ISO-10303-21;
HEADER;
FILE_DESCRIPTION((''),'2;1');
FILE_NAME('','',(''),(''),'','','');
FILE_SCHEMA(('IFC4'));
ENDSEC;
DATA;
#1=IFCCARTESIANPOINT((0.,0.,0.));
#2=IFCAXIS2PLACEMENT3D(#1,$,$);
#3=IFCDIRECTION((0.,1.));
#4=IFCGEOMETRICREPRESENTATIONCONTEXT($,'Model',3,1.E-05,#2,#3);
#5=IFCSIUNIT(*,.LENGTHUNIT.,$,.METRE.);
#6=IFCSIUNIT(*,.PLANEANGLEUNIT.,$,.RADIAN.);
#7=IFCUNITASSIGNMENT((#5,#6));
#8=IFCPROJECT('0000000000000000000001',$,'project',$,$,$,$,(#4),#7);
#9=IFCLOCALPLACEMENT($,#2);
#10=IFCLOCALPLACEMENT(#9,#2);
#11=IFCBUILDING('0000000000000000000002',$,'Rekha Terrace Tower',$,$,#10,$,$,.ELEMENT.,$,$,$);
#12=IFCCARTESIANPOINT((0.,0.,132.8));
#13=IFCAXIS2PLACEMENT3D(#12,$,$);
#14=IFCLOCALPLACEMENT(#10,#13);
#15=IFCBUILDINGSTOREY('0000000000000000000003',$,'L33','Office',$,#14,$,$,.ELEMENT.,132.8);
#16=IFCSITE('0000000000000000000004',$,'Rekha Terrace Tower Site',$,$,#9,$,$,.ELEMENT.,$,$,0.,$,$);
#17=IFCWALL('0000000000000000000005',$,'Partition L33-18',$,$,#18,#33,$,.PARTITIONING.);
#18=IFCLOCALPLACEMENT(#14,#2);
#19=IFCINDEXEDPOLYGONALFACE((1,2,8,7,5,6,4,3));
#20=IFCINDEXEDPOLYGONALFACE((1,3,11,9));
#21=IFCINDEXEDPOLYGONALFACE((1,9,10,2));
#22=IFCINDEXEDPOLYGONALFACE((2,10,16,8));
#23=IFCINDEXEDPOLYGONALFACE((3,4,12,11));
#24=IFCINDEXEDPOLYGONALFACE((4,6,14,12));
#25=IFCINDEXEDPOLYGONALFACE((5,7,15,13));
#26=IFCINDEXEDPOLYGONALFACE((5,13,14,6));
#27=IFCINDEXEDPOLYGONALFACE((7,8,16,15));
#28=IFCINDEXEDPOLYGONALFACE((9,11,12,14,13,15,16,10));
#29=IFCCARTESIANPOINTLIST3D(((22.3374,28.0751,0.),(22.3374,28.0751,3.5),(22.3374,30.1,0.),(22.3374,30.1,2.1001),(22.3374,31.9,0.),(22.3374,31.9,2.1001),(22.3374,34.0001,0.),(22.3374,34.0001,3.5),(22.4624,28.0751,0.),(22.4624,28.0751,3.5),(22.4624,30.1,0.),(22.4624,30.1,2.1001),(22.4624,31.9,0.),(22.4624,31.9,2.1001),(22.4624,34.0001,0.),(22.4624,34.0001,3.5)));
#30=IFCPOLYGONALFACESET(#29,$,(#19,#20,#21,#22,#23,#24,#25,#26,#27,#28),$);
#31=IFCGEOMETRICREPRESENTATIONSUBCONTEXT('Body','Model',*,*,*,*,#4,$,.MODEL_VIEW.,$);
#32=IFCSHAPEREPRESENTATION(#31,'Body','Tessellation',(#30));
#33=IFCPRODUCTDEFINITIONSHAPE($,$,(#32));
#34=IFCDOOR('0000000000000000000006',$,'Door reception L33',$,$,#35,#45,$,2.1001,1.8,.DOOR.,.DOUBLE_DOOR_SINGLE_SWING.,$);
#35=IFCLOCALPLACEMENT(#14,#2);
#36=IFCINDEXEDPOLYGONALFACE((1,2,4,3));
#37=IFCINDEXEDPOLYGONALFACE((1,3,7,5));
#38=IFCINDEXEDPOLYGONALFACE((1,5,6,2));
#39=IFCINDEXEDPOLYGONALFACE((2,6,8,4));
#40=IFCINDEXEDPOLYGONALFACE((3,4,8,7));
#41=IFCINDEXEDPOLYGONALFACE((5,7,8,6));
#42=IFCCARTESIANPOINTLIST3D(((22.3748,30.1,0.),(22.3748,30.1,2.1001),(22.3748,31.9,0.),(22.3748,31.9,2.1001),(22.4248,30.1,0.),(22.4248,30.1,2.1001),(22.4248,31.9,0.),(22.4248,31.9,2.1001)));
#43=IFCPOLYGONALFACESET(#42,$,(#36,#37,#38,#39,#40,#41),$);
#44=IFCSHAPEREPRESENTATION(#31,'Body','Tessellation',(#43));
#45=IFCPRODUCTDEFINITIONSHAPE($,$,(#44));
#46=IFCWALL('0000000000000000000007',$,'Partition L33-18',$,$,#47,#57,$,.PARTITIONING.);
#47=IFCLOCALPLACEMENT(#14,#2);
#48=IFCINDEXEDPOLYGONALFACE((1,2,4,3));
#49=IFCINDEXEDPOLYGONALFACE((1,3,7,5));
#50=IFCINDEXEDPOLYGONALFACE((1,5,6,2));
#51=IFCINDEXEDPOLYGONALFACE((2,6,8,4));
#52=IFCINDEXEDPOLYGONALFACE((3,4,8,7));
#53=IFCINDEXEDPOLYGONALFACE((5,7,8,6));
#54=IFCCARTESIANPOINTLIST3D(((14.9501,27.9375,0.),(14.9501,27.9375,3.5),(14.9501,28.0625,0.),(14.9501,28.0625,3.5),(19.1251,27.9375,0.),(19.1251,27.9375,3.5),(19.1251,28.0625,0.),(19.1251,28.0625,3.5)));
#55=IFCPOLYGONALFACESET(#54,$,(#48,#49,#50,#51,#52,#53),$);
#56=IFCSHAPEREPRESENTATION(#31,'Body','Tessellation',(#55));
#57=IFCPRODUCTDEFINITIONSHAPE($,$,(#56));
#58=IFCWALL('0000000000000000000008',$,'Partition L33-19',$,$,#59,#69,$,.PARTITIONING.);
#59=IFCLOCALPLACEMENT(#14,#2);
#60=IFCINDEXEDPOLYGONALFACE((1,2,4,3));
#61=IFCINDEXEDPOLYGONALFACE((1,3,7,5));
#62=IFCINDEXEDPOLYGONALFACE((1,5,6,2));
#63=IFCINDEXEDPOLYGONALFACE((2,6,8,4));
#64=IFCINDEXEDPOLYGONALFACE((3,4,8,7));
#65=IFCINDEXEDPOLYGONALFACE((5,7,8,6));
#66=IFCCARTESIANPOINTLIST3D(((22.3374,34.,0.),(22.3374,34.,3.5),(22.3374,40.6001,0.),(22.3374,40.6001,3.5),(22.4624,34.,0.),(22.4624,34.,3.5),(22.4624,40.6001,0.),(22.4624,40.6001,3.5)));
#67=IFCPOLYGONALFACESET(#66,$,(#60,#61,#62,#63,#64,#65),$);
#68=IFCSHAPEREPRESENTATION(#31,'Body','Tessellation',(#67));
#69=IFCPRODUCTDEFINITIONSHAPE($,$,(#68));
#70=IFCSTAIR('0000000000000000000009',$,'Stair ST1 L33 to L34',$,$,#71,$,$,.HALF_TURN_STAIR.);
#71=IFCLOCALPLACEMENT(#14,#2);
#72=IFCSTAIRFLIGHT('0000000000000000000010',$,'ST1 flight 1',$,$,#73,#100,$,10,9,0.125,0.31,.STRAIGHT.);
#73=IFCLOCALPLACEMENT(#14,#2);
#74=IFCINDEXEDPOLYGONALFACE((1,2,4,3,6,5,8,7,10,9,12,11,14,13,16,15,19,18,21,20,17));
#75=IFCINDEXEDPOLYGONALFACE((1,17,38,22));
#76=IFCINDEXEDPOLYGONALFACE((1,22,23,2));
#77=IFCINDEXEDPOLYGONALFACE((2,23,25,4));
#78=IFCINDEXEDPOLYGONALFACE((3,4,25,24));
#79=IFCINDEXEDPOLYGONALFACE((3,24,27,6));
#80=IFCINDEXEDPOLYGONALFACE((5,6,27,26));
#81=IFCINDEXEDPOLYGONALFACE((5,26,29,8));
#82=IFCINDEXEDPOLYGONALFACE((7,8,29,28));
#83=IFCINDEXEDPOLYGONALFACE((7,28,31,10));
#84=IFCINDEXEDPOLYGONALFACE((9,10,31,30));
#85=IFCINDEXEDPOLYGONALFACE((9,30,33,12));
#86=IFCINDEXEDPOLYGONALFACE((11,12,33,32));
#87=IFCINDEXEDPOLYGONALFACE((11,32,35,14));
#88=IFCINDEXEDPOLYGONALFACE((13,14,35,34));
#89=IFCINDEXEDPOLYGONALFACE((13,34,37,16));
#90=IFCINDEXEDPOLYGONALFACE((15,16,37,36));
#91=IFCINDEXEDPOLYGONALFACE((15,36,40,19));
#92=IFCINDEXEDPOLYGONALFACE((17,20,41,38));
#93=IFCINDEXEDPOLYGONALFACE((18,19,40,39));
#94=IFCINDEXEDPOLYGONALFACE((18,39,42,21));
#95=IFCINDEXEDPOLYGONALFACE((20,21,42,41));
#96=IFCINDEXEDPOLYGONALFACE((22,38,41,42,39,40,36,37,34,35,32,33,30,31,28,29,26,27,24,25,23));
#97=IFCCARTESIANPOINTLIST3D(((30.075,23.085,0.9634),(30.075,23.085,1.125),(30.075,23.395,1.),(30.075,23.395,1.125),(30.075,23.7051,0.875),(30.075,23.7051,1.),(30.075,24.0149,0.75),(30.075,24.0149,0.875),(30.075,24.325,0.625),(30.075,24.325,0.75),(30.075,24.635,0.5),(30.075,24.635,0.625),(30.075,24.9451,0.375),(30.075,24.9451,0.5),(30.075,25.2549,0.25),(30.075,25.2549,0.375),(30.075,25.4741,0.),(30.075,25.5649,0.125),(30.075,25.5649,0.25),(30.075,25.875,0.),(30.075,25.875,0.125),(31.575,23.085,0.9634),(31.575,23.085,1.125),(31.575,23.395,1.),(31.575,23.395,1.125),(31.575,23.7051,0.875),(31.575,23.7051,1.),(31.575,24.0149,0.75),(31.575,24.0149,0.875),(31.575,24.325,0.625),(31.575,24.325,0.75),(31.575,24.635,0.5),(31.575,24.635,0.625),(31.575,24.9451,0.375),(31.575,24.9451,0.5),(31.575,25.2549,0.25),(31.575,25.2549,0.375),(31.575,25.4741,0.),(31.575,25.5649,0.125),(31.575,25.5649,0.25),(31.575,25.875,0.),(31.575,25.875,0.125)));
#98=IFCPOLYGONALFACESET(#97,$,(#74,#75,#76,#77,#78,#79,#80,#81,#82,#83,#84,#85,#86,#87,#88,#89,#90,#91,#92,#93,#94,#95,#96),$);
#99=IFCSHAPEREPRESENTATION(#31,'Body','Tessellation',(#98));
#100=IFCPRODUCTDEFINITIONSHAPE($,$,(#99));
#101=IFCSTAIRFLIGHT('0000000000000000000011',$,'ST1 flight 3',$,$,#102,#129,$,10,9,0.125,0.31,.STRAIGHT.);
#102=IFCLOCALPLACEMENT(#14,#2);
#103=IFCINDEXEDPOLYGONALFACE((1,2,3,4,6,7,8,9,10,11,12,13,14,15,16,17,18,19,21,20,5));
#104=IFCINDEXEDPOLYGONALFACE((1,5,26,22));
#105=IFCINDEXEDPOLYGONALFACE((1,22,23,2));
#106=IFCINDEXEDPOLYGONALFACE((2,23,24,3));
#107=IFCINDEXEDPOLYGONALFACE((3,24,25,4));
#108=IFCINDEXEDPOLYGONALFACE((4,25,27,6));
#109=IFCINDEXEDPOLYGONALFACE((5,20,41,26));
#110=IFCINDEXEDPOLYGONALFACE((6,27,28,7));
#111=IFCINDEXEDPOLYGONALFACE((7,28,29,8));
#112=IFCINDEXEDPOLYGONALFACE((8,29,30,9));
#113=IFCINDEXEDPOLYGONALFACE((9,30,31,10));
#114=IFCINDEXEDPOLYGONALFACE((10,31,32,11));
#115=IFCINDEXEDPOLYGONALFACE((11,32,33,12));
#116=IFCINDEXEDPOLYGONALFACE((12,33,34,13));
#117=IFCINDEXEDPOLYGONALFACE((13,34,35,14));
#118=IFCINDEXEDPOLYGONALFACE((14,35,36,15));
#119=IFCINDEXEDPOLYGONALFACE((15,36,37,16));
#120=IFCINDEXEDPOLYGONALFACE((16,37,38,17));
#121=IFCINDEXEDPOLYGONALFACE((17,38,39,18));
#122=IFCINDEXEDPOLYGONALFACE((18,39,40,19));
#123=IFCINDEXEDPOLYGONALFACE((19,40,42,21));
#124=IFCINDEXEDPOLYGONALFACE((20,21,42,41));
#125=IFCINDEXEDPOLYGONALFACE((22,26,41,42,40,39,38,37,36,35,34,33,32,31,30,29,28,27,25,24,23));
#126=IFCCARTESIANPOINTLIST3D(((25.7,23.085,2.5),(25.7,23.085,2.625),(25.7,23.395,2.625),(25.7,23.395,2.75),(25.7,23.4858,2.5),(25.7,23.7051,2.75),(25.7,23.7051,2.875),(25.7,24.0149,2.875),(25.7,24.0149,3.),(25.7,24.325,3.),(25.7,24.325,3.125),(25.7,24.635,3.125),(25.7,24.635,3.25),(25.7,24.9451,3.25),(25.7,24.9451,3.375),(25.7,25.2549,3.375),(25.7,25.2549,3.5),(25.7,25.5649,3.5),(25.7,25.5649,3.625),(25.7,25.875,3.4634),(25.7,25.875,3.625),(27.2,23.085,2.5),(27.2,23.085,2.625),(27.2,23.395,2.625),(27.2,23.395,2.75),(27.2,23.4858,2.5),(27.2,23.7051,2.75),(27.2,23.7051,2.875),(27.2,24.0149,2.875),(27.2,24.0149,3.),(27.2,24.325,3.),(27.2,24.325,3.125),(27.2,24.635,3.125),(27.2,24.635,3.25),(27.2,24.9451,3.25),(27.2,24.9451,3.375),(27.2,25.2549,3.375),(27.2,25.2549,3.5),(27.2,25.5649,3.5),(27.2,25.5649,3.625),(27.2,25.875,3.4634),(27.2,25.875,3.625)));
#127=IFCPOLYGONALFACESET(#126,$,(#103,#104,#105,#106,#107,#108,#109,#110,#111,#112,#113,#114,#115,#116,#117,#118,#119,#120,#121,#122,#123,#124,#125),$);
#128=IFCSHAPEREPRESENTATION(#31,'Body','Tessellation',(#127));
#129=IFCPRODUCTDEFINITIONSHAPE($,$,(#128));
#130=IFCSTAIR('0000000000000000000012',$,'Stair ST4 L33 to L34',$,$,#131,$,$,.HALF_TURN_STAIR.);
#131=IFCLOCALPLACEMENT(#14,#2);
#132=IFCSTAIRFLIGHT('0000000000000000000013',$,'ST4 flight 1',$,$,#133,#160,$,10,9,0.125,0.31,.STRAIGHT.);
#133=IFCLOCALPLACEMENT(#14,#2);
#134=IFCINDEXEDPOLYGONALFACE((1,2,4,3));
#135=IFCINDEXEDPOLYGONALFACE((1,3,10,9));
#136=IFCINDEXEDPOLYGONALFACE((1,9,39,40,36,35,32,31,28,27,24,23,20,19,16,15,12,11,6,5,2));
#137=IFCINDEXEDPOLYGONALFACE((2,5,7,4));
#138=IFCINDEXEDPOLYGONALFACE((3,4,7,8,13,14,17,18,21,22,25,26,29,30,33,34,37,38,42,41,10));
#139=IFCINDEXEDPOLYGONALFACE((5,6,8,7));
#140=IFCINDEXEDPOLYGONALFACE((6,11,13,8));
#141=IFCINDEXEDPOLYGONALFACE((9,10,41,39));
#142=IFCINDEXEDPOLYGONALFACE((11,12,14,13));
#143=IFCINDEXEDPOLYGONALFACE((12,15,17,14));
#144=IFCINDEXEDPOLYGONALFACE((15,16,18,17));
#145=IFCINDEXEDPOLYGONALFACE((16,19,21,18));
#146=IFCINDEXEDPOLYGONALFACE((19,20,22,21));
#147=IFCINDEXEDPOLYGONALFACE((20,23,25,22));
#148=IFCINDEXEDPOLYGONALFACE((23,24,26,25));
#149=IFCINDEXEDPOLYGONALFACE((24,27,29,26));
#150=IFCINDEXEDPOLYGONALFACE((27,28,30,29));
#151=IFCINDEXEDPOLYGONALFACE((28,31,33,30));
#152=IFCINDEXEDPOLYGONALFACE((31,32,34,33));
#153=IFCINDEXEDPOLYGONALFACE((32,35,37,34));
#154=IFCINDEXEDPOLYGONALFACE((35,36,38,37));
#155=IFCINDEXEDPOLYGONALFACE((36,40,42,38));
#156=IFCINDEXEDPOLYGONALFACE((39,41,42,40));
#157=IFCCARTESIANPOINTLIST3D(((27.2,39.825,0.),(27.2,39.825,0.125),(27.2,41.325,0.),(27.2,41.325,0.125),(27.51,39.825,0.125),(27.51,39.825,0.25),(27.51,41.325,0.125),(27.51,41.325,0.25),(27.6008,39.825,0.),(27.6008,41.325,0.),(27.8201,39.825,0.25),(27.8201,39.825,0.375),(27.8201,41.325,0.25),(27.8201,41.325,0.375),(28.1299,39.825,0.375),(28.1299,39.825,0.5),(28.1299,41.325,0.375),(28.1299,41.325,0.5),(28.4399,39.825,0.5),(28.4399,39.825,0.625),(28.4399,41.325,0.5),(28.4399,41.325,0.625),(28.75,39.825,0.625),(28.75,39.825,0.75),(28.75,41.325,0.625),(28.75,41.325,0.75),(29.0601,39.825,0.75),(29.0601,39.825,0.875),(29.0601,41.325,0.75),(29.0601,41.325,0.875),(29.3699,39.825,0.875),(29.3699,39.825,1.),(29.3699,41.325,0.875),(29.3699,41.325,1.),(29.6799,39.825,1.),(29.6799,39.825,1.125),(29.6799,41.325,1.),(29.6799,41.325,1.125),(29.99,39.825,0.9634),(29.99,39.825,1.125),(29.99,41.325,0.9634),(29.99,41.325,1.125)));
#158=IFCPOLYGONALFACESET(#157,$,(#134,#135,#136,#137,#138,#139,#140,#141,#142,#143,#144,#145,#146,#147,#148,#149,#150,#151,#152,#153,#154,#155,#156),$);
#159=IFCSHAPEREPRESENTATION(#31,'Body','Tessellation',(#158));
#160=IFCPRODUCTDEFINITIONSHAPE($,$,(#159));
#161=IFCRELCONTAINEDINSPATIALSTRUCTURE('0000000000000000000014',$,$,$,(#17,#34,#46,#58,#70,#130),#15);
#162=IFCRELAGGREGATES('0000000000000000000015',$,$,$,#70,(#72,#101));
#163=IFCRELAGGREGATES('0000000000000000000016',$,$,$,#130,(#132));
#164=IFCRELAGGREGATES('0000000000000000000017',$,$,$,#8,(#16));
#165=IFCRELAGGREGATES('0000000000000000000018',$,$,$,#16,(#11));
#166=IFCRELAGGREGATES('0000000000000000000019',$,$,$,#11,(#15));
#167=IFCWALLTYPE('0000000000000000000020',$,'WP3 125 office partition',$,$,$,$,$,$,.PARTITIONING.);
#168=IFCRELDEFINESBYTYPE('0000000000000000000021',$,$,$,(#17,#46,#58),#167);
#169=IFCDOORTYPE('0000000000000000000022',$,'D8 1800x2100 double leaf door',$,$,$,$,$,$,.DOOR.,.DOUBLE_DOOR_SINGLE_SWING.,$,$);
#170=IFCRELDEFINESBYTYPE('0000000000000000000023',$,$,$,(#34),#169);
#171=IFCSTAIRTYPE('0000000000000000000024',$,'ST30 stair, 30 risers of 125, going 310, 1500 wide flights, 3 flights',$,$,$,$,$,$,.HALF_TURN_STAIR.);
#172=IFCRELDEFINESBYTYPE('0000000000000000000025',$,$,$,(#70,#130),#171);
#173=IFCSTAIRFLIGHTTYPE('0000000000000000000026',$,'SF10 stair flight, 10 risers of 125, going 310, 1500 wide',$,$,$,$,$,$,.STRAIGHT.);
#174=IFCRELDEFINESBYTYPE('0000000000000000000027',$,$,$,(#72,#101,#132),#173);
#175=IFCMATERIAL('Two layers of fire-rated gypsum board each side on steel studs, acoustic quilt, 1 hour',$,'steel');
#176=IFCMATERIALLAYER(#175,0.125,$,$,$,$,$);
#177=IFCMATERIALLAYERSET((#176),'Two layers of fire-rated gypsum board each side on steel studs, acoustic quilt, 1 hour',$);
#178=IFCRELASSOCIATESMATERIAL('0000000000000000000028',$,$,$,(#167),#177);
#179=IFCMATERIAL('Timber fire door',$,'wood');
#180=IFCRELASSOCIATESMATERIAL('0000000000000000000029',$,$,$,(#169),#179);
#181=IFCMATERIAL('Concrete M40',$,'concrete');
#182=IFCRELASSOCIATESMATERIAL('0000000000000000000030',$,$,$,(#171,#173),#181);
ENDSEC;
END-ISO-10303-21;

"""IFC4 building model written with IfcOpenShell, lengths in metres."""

from ifc_helpers import new_model, si_unit, direction, frame, frame_2d, origin, place, context, subcontext, project, spatial, polyline, rectangle, outline, extrude, material, layer, layer_set, type_object, element, fill, aggregate, save


model = new_model("IFC4")

# Units and contexts
model_context = context("Model", 3, precision=1e-05, world=origin(), true_north=direction((0.0, 1.0)))
body_context = subcontext(model_context, "Body", "Model", "MODEL_VIEW")
ifc_project = project(units=[si_unit("LENGTHUNIT", "METRE"), si_unit("PLANEANGLEUNIT", "RADIAN")], contexts=[model_context])

# Site, building, storey
site_placement = place(None, origin())
site = spatial("IfcSite", under=ifc_project, at=site_placement, Name="Rekha Terrace Tower Site", CompositionType="ELEMENT", RefElevation=0.0)
building_placement = place(site_placement, origin())
building = spatial("IfcBuilding", under=site, at=building_placement, Name="Rekha Terrace Tower", CompositionType="ELEMENT")
storey_placement = place(building_placement, frame((0.0, 0.0, 132.8)))
storey = spatial("IfcBuildingStorey", under=building, at=storey_placement, Name="L33", Description="Office", CompositionType="ELEMENT", Elevation=132.8)

# Shared definitions
ifc_material_1 = material(Name="Two layers of fire-rated gypsum board each side on steel studs, acoustic quilt, 1 hour", Category="steel")
ifc_layer_1 = layer(ifc_material_1, 0.125)
ifc_layer_set_1 = layer_set([ifc_layer_1], Name="Two layers of fire-rated gypsum board each side on steel studs, acoustic quilt, 1 hour")
wall_type_1 = type_object("IfcWallType", Name="WP3 125 office partition", PredefinedType="PARTITIONING", material=ifc_layer_set_1)

# Wall, opening, door
wall_1_placement = place(storey_placement, frame((22.3999, 34.0, 0.0), z_axis=(0.0, 0.0, 1.0), x_axis=(0.0, -1.0, 0.0)))
wall_1 = element("IfcWall", 1, at=wall_1_placement, inside=storey, type_object=wall_type_1, Name="Partition L33-18", PredefinedType="PARTITIONING", context=body_context, shape_type="SweptSolid", body=[
    extrude(rectangle(XDim=5.925, YDim=0.125, at=frame_2d((2.9624, 0.0))), origin(), (0.0, 0.0, 1.0), 3.5),
])
opening_1_placement = place(wall_1_placement, frame((2.1001, 0.0, 0.0)))
opening_1 = element("IfcOpeningElement", 2, at=opening_1_placement, cuts=wall_1, PredefinedType="OPENING", context=body_context, shape_type="SweptSolid", body=[
    extrude(rectangle(XDim=1.8, YDim=2.1001, at=frame_2d((0.8999, 1.05))), frame((0.0, 0.0725, 0.0), z_axis=(0.0, -1.0, 0.0), x_axis=(1.0, 0.0, 0.0)), (0.0, 0.0, 1.0), 0.145),
])
ifc_material_2 = material(Name="Timber fire door", Category="wood")
door_type_1 = type_object("IfcDoorType", Name="D8 1800x2100 double leaf door", OperationType="DOUBLE_DOOR_SINGLE_SWING", PredefinedType="DOOR", material=ifc_material_2)
door_1_placement = place(opening_1_placement, origin())
door_1 = element("IfcDoor", 3, at=door_1_placement, inside=storey, type_object=door_type_1, Name="Door reception L33", OperationType="DOUBLE_DOOR_SINGLE_SWING", OverallHeight=2.1001, OverallWidth=1.8, PredefinedType="DOOR", context=body_context, shape_type="SweptSolid", body=[
    extrude(rectangle(XDim=1.8, YDim=2.1001, at=frame_2d((0.8999, 1.05))), frame((0.0, 0.0249, 0.0), z_axis=(0.0, -1.0, 0.0), x_axis=(1.0, 0.0, 0.0)), (0.0, 0.0, 1.0), 0.05),
])
fill(opening_1, door_1)

# Walls
wall_2_placement = place(storey_placement, frame((19.125, 28.0, 0.0), z_axis=(0.0, 0.0, 1.0), x_axis=(-1.0, 0.0, 0.0)))
element("IfcWall", 4, at=wall_2_placement, inside=storey, type_object=wall_type_1, Name="Partition L33-18", PredefinedType="PARTITIONING", context=body_context, shape_type="SweptSolid", body=[
    extrude(rectangle(XDim=4.175, YDim=0.125, at=frame_2d((2.0874, 0.0))), origin(), (0.0, 0.0, 1.0), 3.5),
])
wall_3_placement = place(storey_placement, frame((22.3999, 40.6001, 0.0), z_axis=(0.0, 0.0, 1.0), x_axis=(0.0, -1.0, 0.0)))
element("IfcWall", 5, at=wall_3_placement, inside=storey, type_object=wall_type_1, Name="Partition L33-19", PredefinedType="PARTITIONING", context=body_context, shape_type="SweptSolid", body=[
    extrude(rectangle(XDim=6.6001, YDim=0.125, at=frame_2d((3.3, 0.0))), origin(), (0.0, 0.0, 1.0), 3.5),
])

# Stair, stair flights
ifc_material_3 = material(Name="Concrete M40", Category="concrete")
stair_type = type_object("IfcStairType", Name="ST30 stair, 30 risers of 125, going 310, 1500 wide flights, 3 flights", PredefinedType="HALF_TURN_STAIR", material=ifc_material_3)
stair_1_placement = place(storey_placement, origin())
stair_1 = element("IfcStair", 6, at=stair_1_placement, inside=storey, type_object=stair_type, Name="Stair ST1 L33 to L34", PredefinedType="HALF_TURN_STAIR")
stair_flight_type = type_object("IfcStairFlightType", Name="SF10 stair flight, 10 risers of 125, going 310, 1500 wide", PredefinedType="STRAIGHT", material=ifc_material_3)
stair_flight_1_placement = place(storey_placement, frame((30.825, 25.875, 0.0), z_axis=(0.0, 0.0, 1.0), x_axis=(0.0, -1.0, 0.0)))
stair_flight_1 = element("IfcStairFlight", 7, at=stair_flight_1_placement, type_object=stair_flight_type, Name="ST1 flight 1", NumberOfRisers=10, NumberOfTreads=9, PredefinedType="STRAIGHT", RiserHeight=0.125, TreadLength=0.31, context=body_context, shape_type="SweptSolid", body=[
    extrude(outline(polyline([(0.0, 0.0), (0.0, 0.125), (0.3101, 0.125), (0.3101, 0.25), (0.6201, 0.25), (0.6201, 0.375), (0.9299, 0.375), (0.9299, 0.5), (1.24, 0.5), (1.24, 0.625), (1.55, 0.625), (1.55, 0.75), (1.8601, 0.75), (1.8601, 0.875), (2.1699, 0.875), (2.1699, 1.0), (2.48, 1.0), (2.48, 1.125), (2.79, 1.125), (2.79, 1.25), (2.79, 0.9634), (0.4009, 0.0), (0.0, 0.0)])), frame((0.0, 0.75, 0.0), z_axis=(0.0, -1.0, 0.0), x_axis=(1.0, 0.0, 0.0)), (0.0, 0.0, 1.0), 1.5),
])
stair_flight_2_placement = place(storey_placement, frame((26.45, 23.085, 2.5), z_axis=(0.0, 0.0, 1.0), x_axis=(0.0, 1.0, 0.0)))
stair_flight_2 = element("IfcStairFlight", 8, at=stair_flight_2_placement, type_object=stair_flight_type, Name="ST1 flight 3", NumberOfRisers=10, NumberOfTreads=9, PredefinedType="STRAIGHT", RiserHeight=0.125, TreadLength=0.31, context=body_context, shape_type="SweptSolid", body=[
    extrude(outline(polyline([(0.0, 0.0), (0.0, 0.125), (0.3101, 0.125), (0.3101, 0.25), (0.6201, 0.25), (0.6201, 0.375), (0.9299, 0.375), (0.9299, 0.5), (1.24, 0.5), (1.24, 0.625), (1.55, 0.625), (1.55, 0.75), (1.8601, 0.75), (1.8601, 0.875), (2.1699, 0.875), (2.1699, 1.0), (2.48, 1.0), (2.48, 1.125), (2.79, 1.125), (2.79, 1.25), (2.79, 0.9634), (0.4009, 0.0), (0.0, 0.0)])), frame((0.0, 0.75, 0.0), z_axis=(0.0, -1.0, 0.0), x_axis=(1.0, 0.0, 0.0)), (0.0, 0.0, 1.0), 1.5),
])
aggregate(stair_1, [stair_flight_1, stair_flight_2])

# Stair, stair flight
stair_2_placement = place(storey_placement, origin())
stair_2 = element("IfcStair", 9, at=stair_2_placement, inside=storey, type_object=stair_type, Name="Stair ST4 L33 to L34", PredefinedType="HALF_TURN_STAIR")
stair_flight_3_placement = place(storey_placement, frame((27.2, 40.575, 0.0), z_axis=(0.0, 0.0, 1.0), x_axis=(1.0, 0.0, 0.0)))
stair_flight_3 = element("IfcStairFlight", 10, at=stair_flight_3_placement, type_object=stair_flight_type, Name="ST4 flight 1", NumberOfRisers=10, NumberOfTreads=9, PredefinedType="STRAIGHT", RiserHeight=0.125, TreadLength=0.31, context=body_context, shape_type="SweptSolid", body=[
    extrude(outline(polyline([(0.0, 0.0), (0.0, 0.125), (0.3101, 0.125), (0.3101, 0.25), (0.6201, 0.25), (0.6201, 0.375), (0.9299, 0.375), (0.9299, 0.5), (1.24, 0.5), (1.24, 0.625), (1.55, 0.625), (1.55, 0.75), (1.8601, 0.75), (1.8601, 0.875), (2.1699, 0.875), (2.1699, 1.0), (2.48, 1.0), (2.48, 1.125), (2.79, 1.125), (2.79, 1.25), (2.79, 0.9634), (0.4009, 0.0), (0.0, 0.0)])), frame((0.0, 0.75, 0.0), z_axis=(0.0, -1.0, 0.0), x_axis=(1.0, 0.0, 0.0)), (0.0, 0.0, 1.0), 1.5),
])
aggregate(stair_2, [stair_flight_3])

save(model, "model.ifc")
